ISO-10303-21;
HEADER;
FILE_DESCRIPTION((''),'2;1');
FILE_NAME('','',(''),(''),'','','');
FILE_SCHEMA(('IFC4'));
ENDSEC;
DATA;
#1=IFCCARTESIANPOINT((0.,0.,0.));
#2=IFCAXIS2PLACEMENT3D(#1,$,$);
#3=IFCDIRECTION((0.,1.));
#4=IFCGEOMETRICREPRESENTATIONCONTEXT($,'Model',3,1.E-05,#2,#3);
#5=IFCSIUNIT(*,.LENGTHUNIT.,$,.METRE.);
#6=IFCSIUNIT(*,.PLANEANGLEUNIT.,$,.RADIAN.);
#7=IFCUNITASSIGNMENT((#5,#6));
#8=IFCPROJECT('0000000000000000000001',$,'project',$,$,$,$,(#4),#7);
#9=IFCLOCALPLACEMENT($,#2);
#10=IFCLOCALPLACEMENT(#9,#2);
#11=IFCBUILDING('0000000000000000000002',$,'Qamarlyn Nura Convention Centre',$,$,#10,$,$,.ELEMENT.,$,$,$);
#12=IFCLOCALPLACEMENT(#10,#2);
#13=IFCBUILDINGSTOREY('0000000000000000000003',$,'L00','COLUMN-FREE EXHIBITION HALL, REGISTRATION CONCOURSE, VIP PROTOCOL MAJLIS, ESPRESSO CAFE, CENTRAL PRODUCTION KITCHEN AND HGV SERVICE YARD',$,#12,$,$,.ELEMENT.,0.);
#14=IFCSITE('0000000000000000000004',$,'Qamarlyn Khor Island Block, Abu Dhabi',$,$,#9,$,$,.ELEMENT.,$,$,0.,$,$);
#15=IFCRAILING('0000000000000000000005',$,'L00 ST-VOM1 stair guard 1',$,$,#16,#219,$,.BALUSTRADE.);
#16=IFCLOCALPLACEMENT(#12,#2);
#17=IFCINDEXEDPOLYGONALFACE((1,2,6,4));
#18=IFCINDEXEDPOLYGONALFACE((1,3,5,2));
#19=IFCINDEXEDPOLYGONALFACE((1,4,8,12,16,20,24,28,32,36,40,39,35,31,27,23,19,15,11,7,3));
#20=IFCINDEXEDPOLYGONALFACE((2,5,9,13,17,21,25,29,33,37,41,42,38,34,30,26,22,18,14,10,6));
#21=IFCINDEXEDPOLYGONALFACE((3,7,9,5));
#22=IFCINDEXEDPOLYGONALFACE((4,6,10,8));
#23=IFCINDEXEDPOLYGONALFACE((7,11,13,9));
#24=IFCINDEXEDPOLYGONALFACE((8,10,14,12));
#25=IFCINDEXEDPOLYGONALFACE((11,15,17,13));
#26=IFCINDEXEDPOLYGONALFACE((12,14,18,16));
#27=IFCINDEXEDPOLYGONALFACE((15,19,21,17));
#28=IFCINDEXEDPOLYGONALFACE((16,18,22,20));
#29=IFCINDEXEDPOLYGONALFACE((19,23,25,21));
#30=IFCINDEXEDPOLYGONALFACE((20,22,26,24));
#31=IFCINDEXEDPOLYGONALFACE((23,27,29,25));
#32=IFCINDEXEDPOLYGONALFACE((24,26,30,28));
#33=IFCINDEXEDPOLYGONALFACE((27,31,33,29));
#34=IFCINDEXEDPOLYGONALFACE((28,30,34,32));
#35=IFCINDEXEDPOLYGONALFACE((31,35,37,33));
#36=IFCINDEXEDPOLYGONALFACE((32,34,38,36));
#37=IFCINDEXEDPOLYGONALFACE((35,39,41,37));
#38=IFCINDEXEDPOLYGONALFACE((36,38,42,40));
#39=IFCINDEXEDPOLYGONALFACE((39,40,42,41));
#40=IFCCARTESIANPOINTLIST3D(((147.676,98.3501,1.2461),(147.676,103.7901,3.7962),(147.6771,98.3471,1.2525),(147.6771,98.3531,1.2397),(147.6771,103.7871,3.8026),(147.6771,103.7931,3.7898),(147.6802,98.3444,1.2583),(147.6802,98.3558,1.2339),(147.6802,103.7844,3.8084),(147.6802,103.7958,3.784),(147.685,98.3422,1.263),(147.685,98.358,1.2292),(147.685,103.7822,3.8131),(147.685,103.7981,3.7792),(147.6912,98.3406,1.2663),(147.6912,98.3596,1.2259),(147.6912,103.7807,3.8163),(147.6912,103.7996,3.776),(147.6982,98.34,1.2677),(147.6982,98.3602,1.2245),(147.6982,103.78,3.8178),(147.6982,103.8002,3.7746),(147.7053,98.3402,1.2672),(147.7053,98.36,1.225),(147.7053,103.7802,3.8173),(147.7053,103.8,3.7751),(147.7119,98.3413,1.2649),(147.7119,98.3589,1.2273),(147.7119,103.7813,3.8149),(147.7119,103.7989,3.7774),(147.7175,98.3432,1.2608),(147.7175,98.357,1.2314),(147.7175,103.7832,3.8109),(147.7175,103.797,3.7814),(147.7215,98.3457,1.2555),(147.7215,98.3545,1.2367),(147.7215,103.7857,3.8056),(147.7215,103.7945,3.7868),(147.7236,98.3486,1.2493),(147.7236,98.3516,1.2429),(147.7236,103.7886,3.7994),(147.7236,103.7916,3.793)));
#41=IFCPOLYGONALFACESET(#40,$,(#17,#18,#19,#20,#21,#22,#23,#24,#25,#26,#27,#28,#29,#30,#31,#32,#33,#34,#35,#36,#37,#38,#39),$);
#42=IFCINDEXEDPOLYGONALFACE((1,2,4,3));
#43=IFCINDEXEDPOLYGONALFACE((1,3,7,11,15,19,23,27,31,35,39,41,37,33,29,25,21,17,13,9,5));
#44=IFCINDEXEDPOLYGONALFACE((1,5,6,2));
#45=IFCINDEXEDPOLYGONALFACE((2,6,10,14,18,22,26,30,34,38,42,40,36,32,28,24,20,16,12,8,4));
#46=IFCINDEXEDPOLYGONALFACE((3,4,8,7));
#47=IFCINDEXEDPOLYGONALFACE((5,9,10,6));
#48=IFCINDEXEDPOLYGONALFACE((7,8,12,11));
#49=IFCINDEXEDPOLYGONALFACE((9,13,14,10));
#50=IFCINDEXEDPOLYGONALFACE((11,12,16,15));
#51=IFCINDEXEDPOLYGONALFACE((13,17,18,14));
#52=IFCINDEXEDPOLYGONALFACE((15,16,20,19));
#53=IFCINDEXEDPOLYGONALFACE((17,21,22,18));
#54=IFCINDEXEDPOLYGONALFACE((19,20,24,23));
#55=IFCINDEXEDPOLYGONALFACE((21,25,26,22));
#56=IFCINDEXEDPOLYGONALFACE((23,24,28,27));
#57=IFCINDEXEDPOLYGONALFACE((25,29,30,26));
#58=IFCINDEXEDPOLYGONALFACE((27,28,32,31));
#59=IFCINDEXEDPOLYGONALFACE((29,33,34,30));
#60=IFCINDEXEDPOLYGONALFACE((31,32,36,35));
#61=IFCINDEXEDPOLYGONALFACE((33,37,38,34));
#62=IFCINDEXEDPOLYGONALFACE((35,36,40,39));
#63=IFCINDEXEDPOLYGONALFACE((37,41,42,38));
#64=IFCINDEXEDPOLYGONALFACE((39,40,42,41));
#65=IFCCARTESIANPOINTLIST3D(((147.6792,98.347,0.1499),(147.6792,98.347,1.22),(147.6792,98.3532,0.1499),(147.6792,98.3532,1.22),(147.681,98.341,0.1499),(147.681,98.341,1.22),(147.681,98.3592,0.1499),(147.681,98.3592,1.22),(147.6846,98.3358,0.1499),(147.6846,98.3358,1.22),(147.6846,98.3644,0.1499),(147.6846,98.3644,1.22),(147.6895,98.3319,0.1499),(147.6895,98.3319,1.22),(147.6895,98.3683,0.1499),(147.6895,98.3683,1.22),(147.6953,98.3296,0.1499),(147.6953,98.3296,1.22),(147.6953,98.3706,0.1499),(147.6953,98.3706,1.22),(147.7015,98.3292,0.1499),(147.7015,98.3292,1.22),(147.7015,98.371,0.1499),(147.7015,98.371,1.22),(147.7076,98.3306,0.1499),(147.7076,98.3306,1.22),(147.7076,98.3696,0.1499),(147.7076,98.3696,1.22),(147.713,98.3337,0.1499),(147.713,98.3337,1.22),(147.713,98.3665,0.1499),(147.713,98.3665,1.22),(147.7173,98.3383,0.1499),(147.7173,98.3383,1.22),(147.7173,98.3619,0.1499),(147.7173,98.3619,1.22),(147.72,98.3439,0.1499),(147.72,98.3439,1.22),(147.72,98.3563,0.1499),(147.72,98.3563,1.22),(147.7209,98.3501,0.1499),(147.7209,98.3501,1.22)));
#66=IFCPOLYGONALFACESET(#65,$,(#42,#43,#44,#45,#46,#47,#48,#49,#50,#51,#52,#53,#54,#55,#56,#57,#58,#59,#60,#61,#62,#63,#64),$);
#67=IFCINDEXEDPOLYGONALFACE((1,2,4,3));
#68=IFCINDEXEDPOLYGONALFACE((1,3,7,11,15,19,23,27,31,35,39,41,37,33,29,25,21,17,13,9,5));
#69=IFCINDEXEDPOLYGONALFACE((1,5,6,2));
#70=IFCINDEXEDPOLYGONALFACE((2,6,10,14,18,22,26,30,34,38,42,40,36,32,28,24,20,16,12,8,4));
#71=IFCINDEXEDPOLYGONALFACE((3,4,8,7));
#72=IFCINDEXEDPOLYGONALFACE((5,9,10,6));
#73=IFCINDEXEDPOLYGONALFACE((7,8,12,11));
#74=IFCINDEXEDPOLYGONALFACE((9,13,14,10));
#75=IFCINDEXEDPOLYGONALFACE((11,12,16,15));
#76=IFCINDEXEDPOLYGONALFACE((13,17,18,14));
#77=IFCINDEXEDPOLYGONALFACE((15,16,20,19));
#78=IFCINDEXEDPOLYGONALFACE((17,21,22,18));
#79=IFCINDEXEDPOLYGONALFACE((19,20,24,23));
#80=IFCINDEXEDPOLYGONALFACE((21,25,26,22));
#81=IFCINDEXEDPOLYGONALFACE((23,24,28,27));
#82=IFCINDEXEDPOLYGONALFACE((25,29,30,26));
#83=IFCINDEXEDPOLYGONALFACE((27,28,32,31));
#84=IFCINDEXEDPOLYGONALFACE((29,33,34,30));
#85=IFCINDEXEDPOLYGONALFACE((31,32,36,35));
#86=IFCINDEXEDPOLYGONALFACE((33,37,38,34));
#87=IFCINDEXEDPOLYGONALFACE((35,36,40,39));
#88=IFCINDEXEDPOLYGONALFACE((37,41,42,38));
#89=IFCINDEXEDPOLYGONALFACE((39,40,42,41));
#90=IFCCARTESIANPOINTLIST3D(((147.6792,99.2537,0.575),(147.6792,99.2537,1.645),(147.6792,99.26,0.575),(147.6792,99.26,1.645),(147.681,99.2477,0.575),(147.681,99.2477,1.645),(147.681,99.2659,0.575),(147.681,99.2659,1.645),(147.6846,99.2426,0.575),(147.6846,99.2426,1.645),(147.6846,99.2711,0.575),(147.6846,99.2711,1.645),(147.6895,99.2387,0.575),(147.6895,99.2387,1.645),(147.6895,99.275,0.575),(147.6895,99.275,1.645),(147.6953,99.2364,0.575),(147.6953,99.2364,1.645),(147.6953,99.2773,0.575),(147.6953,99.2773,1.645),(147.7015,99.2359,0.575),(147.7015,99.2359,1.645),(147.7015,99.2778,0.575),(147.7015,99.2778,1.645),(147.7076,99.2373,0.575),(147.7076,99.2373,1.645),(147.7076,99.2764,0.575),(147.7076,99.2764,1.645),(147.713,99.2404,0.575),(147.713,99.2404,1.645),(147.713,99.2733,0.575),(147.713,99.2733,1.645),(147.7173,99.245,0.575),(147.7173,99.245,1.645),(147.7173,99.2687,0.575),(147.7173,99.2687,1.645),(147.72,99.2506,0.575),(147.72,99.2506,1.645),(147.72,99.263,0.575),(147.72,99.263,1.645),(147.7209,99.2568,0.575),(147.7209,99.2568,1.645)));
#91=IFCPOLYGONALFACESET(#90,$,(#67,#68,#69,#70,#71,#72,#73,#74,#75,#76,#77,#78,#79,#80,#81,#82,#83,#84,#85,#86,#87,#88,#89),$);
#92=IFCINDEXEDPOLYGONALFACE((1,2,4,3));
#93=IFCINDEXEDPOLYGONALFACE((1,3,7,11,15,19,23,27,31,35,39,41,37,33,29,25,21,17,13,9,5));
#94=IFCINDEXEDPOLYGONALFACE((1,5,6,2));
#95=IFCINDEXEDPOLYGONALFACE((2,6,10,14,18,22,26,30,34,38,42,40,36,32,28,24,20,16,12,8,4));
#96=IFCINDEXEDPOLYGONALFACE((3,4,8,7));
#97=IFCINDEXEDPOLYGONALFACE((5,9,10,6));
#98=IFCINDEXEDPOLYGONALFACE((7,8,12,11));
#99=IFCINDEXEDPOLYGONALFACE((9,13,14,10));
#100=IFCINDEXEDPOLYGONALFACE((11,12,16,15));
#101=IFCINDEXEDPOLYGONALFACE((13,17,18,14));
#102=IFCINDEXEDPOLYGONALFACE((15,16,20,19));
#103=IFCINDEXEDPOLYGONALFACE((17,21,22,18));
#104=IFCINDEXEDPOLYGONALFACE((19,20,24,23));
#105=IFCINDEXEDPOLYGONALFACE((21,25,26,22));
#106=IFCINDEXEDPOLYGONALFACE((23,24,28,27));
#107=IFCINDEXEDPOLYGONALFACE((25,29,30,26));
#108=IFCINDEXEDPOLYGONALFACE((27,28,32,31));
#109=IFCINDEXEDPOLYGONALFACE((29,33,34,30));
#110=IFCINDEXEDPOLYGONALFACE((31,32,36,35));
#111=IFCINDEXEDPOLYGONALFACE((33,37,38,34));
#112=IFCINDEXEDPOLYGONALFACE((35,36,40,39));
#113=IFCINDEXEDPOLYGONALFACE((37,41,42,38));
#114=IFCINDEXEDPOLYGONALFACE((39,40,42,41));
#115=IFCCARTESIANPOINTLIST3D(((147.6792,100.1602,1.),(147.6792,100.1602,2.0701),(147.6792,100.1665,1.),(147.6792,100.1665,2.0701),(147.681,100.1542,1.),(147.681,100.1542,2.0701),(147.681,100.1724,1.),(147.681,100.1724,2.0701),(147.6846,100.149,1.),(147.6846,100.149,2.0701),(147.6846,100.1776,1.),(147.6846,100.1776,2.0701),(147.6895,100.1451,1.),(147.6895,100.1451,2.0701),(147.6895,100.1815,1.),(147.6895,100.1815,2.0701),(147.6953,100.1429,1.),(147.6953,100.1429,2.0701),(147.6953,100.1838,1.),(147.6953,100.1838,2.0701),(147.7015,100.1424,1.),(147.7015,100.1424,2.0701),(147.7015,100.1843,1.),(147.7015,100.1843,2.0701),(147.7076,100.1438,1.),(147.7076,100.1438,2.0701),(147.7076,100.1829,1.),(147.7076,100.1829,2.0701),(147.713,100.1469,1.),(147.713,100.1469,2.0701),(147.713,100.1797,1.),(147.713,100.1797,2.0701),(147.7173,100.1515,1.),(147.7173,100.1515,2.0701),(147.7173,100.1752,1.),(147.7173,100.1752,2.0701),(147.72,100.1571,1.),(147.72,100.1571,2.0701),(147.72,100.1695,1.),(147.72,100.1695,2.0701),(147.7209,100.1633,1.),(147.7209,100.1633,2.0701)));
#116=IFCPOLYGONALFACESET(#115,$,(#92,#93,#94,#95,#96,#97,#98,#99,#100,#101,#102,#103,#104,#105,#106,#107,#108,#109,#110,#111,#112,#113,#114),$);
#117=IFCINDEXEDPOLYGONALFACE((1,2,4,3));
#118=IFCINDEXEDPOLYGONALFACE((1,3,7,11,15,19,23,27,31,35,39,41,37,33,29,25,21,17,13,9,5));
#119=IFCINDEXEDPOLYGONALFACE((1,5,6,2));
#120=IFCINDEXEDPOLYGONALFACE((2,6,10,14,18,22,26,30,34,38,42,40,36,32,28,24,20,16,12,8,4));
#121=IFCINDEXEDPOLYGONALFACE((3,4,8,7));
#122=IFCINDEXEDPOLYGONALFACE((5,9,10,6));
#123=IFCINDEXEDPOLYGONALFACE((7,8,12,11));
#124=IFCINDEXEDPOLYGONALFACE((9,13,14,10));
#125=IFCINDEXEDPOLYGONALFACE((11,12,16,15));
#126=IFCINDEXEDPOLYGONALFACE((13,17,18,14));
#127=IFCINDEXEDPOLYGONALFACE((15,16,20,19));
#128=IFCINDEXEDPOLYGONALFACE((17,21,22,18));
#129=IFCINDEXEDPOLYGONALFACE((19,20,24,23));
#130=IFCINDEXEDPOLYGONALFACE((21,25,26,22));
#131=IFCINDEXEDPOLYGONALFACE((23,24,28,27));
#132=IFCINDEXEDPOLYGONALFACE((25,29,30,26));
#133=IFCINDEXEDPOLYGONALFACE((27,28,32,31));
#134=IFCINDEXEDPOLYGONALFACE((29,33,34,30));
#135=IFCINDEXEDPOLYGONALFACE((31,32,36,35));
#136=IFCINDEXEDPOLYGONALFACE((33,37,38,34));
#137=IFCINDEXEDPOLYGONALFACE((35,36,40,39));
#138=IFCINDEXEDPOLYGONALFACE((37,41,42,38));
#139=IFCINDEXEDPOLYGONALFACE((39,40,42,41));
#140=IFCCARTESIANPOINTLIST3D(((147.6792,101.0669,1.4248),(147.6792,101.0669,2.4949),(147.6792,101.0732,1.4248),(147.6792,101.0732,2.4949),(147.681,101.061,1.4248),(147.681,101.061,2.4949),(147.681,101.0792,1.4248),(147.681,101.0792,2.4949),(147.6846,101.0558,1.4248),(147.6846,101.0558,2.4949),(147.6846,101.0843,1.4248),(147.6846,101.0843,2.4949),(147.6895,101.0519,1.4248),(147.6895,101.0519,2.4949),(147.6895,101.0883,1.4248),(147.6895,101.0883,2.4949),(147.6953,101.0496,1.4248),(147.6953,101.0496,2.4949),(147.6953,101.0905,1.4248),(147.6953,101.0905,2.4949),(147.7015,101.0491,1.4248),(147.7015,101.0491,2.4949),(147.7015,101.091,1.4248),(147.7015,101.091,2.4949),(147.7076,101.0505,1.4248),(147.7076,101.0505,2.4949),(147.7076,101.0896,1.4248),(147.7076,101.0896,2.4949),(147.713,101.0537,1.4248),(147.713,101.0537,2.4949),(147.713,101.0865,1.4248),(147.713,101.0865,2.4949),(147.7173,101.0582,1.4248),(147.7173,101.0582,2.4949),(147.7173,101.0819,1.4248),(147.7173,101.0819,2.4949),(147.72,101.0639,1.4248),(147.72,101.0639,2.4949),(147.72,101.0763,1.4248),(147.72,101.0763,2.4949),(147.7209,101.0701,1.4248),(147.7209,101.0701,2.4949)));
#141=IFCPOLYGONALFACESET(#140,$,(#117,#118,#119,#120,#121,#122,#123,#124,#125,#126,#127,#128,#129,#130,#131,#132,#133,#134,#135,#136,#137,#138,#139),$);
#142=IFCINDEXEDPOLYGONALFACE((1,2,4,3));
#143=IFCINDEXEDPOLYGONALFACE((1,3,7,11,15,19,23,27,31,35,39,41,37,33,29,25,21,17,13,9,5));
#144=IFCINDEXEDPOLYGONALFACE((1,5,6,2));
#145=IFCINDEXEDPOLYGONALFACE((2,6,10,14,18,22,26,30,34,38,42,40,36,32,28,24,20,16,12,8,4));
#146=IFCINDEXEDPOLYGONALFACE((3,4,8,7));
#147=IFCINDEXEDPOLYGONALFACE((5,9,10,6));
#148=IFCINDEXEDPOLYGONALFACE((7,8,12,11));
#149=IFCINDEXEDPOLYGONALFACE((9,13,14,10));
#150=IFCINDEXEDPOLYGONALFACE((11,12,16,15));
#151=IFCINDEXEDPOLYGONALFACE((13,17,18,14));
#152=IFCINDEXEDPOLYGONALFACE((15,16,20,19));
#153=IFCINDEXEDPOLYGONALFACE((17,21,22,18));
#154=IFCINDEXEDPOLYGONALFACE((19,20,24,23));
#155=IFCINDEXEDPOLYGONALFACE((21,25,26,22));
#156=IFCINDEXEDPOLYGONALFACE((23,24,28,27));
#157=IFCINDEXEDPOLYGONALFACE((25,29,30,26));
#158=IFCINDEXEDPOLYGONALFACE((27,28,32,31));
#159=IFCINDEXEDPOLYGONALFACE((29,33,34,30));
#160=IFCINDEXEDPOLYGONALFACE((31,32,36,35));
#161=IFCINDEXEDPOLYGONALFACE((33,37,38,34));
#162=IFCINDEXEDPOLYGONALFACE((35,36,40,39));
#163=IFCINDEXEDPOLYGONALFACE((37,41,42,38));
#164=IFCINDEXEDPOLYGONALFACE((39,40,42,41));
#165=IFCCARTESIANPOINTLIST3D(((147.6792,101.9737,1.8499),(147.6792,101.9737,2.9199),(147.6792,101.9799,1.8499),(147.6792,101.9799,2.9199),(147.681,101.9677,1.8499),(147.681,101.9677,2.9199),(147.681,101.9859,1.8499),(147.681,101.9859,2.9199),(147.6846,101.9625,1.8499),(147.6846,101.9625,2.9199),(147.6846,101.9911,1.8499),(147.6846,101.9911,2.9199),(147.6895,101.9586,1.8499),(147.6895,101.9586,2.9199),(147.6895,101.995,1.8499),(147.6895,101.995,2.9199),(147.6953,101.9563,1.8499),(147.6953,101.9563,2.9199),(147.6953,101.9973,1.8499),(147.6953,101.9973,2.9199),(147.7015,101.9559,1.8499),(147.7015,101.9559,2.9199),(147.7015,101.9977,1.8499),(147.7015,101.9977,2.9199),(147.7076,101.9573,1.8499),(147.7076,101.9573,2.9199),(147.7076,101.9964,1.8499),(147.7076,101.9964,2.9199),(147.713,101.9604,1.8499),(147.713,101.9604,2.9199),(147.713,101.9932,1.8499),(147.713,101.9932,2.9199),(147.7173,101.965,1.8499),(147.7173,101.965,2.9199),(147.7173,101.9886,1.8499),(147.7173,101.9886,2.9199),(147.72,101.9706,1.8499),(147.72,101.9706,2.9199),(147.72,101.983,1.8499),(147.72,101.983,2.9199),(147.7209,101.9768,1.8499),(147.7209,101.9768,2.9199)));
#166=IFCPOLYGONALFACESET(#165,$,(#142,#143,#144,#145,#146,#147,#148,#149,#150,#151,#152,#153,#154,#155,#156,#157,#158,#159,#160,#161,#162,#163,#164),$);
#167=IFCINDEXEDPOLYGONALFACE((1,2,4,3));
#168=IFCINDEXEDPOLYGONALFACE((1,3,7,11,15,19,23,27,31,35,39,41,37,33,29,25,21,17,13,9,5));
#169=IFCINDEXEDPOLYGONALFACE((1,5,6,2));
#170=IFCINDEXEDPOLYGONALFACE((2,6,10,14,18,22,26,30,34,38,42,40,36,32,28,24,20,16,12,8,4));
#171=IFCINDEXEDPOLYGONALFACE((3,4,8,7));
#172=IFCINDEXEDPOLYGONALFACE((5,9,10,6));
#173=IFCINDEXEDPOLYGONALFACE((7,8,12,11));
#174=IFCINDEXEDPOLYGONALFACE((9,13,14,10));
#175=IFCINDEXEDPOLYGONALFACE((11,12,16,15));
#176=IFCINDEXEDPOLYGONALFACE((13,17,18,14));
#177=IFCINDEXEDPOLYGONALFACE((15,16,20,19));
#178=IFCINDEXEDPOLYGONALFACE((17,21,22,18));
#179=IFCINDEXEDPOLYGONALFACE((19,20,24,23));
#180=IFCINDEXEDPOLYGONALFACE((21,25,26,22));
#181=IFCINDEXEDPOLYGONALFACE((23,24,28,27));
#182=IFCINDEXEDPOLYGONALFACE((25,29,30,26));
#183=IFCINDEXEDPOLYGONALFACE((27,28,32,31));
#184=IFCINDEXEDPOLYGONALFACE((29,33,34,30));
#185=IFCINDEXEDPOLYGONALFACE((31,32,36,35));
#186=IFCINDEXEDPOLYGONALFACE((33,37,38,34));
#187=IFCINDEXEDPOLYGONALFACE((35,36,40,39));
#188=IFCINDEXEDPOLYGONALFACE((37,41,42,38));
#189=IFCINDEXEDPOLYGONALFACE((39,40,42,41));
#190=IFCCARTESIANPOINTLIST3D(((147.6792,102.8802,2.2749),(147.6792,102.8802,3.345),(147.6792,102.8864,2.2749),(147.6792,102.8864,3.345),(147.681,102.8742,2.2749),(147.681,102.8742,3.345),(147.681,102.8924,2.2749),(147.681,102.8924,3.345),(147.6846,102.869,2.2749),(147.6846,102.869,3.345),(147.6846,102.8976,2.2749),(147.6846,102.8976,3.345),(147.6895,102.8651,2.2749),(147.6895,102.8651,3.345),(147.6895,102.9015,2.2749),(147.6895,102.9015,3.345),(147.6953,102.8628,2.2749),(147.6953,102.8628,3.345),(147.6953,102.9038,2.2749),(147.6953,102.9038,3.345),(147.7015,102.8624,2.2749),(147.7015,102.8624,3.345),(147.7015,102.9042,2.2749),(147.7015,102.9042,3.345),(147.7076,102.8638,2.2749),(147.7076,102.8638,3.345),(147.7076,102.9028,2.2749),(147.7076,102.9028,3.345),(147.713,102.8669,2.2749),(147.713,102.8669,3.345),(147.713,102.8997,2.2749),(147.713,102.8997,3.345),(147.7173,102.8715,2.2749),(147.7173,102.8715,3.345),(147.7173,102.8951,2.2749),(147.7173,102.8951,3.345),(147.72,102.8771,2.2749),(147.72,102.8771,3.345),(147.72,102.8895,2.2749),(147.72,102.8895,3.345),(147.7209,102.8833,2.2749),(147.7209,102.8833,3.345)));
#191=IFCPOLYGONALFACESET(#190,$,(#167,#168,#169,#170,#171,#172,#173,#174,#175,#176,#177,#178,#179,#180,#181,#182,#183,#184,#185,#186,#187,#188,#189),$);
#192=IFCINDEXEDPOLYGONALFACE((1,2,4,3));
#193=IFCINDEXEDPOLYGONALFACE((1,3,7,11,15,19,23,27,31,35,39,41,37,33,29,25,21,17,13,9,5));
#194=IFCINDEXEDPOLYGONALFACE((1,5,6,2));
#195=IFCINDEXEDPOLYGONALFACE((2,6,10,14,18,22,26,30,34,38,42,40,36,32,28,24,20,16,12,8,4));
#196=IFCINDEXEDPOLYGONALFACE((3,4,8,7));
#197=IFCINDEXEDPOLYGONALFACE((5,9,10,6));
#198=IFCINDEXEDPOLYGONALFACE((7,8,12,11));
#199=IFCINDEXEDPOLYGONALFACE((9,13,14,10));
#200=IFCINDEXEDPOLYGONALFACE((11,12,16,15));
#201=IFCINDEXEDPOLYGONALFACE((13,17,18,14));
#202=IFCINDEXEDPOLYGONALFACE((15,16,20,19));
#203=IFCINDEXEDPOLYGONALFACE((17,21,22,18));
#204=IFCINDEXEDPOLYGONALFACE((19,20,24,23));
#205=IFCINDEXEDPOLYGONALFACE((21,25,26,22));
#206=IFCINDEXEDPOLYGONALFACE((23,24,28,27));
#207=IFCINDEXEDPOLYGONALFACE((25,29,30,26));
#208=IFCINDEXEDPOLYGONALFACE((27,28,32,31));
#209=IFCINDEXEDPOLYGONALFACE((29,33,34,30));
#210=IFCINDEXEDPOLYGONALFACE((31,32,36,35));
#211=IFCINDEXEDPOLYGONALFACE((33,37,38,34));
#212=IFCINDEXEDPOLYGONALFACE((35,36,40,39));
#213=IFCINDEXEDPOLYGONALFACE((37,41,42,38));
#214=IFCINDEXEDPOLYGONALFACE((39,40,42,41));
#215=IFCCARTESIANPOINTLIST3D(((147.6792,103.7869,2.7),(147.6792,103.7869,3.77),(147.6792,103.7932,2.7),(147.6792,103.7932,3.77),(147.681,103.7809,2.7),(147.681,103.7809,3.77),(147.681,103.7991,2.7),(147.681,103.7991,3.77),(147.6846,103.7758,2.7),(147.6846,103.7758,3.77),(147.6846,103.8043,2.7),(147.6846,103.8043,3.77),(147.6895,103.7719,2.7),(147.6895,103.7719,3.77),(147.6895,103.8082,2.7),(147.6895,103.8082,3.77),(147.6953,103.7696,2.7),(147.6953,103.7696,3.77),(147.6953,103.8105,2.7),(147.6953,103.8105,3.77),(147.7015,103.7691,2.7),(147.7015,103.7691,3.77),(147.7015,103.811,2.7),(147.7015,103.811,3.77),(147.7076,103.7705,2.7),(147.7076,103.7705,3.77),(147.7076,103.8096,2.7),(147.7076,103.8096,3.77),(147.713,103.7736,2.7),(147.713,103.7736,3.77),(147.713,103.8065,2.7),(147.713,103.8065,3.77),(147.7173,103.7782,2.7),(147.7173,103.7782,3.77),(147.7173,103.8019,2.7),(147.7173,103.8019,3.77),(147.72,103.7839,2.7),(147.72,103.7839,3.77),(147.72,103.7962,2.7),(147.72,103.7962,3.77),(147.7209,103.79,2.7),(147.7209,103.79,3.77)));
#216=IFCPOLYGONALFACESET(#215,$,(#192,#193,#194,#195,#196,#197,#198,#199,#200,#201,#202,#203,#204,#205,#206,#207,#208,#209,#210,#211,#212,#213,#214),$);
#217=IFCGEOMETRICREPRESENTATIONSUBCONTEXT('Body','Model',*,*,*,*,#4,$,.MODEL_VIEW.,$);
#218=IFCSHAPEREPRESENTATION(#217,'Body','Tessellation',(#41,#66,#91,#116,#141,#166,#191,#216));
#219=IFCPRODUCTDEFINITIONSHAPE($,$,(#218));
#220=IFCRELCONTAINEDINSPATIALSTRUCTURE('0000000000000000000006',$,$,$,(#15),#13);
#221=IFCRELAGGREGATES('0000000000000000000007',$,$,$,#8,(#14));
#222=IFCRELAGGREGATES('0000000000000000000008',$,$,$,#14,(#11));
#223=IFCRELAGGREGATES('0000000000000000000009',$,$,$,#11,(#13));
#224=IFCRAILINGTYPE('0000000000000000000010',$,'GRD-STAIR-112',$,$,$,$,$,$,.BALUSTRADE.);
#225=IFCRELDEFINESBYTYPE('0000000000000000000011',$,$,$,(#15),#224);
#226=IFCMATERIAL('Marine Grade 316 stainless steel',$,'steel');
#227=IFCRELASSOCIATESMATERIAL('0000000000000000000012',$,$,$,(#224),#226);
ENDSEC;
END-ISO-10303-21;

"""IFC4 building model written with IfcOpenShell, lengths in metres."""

from ifc_helpers import new_model, si_unit, direction, frame, origin, origin_2d, place, context, subcontext, project, spatial, circle, extrude, material, type_object, element, save


model = new_model("IFC4")

# Units and contexts
model_context = context("Model", 3, precision=1e-05, world=origin(), true_north=direction((0.0, 1.0)))
body_context = subcontext(model_context, "Body", "Model", "MODEL_VIEW")
ifc_project = project(units=[si_unit("LENGTHUNIT", "METRE"), si_unit("PLANEANGLEUNIT", "RADIAN")], contexts=[model_context])

# Site, building, storey
site_placement = place(None, origin())
site = spatial("IfcSite", under=ifc_project, at=site_placement, Name="Qamarlyn Khor Island Block, Abu Dhabi", CompositionType="ELEMENT", RefElevation=0.0)
building_placement = place(site_placement, origin())
building = spatial("IfcBuilding", under=site, at=building_placement, Name="Qamarlyn Nura Convention Centre", CompositionType="ELEMENT")
storey_placement = place(building_placement, origin())
storey = spatial("IfcBuildingStorey", under=building, at=storey_placement, Name="L00", Description="COLUMN-FREE EXHIBITION HALL, REGISTRATION CONCOURSE, VIP PROTOCOL MAJLIS, ESPRESSO CAFE, CENTRAL PRODUCTION KITCHEN AND HGV SERVICE YARD", CompositionType="ELEMENT", Elevation=0.0)

# Railing
ifc_material_1 = material(Name="Marine Grade 316 stainless steel", Category="steel")
railing_type_1 = type_object("IfcRailingType", Name="GRD-STAIR-112", PredefinedType="BALUSTRADE", material=ifc_material_1)
railing_1_placement = place(storey_placement, frame((147.7, 98.3501, 0.1499)))
element("IfcRailing", 1, at=railing_1_placement, inside=storey, type_object=railing_type_1, Name="L00 ST-VOM1 stair guard 1", PredefinedType="BALUSTRADE", context=body_context, shape_type="SweptSolid", body=[
    extrude(circle(Radius=0.0239, at=origin_2d()), frame((0.0, 0.0, 1.0962), z_axis=(0.0, 0.905454, 0.424444), x_axis=(-1.0, 0.0, 0.0)), (0.0, 0.0, 1.0), 6.0081),
    extrude(circle(Radius=0.021, at=origin_2d()), origin(), (0.0, 0.0, 1.0), 1.0701),
    extrude(circle(Radius=0.021, at=origin_2d()), frame((0.0, 0.9067, 0.425)), (0.0, 0.0, 1.0), 1.0701),
    extrude(circle(Radius=0.021, at=origin_2d()), frame((0.0, 1.8132, 0.8501)), (0.0, 0.0, 1.0), 1.0701),
    extrude(circle(Radius=0.021, at=origin_2d()), frame((0.0, 2.72, 1.2749)), (0.0, 0.0, 1.0), 1.0701),
    extrude(circle(Radius=0.021, at=origin_2d()), frame((0.0, 3.6267, 1.7)), (0.0, 0.0, 1.0), 1.0701),
    extrude(circle(Radius=0.021, at=origin_2d()), frame((0.0, 4.5332, 2.125)), (0.0, 0.0, 1.0), 1.0701),
    extrude(circle(Radius=0.021, at=origin_2d()), frame((0.0, 5.4399, 2.55)), (0.0, 0.0, 1.0), 1.0701),
])

save(model, "model.ifc")
